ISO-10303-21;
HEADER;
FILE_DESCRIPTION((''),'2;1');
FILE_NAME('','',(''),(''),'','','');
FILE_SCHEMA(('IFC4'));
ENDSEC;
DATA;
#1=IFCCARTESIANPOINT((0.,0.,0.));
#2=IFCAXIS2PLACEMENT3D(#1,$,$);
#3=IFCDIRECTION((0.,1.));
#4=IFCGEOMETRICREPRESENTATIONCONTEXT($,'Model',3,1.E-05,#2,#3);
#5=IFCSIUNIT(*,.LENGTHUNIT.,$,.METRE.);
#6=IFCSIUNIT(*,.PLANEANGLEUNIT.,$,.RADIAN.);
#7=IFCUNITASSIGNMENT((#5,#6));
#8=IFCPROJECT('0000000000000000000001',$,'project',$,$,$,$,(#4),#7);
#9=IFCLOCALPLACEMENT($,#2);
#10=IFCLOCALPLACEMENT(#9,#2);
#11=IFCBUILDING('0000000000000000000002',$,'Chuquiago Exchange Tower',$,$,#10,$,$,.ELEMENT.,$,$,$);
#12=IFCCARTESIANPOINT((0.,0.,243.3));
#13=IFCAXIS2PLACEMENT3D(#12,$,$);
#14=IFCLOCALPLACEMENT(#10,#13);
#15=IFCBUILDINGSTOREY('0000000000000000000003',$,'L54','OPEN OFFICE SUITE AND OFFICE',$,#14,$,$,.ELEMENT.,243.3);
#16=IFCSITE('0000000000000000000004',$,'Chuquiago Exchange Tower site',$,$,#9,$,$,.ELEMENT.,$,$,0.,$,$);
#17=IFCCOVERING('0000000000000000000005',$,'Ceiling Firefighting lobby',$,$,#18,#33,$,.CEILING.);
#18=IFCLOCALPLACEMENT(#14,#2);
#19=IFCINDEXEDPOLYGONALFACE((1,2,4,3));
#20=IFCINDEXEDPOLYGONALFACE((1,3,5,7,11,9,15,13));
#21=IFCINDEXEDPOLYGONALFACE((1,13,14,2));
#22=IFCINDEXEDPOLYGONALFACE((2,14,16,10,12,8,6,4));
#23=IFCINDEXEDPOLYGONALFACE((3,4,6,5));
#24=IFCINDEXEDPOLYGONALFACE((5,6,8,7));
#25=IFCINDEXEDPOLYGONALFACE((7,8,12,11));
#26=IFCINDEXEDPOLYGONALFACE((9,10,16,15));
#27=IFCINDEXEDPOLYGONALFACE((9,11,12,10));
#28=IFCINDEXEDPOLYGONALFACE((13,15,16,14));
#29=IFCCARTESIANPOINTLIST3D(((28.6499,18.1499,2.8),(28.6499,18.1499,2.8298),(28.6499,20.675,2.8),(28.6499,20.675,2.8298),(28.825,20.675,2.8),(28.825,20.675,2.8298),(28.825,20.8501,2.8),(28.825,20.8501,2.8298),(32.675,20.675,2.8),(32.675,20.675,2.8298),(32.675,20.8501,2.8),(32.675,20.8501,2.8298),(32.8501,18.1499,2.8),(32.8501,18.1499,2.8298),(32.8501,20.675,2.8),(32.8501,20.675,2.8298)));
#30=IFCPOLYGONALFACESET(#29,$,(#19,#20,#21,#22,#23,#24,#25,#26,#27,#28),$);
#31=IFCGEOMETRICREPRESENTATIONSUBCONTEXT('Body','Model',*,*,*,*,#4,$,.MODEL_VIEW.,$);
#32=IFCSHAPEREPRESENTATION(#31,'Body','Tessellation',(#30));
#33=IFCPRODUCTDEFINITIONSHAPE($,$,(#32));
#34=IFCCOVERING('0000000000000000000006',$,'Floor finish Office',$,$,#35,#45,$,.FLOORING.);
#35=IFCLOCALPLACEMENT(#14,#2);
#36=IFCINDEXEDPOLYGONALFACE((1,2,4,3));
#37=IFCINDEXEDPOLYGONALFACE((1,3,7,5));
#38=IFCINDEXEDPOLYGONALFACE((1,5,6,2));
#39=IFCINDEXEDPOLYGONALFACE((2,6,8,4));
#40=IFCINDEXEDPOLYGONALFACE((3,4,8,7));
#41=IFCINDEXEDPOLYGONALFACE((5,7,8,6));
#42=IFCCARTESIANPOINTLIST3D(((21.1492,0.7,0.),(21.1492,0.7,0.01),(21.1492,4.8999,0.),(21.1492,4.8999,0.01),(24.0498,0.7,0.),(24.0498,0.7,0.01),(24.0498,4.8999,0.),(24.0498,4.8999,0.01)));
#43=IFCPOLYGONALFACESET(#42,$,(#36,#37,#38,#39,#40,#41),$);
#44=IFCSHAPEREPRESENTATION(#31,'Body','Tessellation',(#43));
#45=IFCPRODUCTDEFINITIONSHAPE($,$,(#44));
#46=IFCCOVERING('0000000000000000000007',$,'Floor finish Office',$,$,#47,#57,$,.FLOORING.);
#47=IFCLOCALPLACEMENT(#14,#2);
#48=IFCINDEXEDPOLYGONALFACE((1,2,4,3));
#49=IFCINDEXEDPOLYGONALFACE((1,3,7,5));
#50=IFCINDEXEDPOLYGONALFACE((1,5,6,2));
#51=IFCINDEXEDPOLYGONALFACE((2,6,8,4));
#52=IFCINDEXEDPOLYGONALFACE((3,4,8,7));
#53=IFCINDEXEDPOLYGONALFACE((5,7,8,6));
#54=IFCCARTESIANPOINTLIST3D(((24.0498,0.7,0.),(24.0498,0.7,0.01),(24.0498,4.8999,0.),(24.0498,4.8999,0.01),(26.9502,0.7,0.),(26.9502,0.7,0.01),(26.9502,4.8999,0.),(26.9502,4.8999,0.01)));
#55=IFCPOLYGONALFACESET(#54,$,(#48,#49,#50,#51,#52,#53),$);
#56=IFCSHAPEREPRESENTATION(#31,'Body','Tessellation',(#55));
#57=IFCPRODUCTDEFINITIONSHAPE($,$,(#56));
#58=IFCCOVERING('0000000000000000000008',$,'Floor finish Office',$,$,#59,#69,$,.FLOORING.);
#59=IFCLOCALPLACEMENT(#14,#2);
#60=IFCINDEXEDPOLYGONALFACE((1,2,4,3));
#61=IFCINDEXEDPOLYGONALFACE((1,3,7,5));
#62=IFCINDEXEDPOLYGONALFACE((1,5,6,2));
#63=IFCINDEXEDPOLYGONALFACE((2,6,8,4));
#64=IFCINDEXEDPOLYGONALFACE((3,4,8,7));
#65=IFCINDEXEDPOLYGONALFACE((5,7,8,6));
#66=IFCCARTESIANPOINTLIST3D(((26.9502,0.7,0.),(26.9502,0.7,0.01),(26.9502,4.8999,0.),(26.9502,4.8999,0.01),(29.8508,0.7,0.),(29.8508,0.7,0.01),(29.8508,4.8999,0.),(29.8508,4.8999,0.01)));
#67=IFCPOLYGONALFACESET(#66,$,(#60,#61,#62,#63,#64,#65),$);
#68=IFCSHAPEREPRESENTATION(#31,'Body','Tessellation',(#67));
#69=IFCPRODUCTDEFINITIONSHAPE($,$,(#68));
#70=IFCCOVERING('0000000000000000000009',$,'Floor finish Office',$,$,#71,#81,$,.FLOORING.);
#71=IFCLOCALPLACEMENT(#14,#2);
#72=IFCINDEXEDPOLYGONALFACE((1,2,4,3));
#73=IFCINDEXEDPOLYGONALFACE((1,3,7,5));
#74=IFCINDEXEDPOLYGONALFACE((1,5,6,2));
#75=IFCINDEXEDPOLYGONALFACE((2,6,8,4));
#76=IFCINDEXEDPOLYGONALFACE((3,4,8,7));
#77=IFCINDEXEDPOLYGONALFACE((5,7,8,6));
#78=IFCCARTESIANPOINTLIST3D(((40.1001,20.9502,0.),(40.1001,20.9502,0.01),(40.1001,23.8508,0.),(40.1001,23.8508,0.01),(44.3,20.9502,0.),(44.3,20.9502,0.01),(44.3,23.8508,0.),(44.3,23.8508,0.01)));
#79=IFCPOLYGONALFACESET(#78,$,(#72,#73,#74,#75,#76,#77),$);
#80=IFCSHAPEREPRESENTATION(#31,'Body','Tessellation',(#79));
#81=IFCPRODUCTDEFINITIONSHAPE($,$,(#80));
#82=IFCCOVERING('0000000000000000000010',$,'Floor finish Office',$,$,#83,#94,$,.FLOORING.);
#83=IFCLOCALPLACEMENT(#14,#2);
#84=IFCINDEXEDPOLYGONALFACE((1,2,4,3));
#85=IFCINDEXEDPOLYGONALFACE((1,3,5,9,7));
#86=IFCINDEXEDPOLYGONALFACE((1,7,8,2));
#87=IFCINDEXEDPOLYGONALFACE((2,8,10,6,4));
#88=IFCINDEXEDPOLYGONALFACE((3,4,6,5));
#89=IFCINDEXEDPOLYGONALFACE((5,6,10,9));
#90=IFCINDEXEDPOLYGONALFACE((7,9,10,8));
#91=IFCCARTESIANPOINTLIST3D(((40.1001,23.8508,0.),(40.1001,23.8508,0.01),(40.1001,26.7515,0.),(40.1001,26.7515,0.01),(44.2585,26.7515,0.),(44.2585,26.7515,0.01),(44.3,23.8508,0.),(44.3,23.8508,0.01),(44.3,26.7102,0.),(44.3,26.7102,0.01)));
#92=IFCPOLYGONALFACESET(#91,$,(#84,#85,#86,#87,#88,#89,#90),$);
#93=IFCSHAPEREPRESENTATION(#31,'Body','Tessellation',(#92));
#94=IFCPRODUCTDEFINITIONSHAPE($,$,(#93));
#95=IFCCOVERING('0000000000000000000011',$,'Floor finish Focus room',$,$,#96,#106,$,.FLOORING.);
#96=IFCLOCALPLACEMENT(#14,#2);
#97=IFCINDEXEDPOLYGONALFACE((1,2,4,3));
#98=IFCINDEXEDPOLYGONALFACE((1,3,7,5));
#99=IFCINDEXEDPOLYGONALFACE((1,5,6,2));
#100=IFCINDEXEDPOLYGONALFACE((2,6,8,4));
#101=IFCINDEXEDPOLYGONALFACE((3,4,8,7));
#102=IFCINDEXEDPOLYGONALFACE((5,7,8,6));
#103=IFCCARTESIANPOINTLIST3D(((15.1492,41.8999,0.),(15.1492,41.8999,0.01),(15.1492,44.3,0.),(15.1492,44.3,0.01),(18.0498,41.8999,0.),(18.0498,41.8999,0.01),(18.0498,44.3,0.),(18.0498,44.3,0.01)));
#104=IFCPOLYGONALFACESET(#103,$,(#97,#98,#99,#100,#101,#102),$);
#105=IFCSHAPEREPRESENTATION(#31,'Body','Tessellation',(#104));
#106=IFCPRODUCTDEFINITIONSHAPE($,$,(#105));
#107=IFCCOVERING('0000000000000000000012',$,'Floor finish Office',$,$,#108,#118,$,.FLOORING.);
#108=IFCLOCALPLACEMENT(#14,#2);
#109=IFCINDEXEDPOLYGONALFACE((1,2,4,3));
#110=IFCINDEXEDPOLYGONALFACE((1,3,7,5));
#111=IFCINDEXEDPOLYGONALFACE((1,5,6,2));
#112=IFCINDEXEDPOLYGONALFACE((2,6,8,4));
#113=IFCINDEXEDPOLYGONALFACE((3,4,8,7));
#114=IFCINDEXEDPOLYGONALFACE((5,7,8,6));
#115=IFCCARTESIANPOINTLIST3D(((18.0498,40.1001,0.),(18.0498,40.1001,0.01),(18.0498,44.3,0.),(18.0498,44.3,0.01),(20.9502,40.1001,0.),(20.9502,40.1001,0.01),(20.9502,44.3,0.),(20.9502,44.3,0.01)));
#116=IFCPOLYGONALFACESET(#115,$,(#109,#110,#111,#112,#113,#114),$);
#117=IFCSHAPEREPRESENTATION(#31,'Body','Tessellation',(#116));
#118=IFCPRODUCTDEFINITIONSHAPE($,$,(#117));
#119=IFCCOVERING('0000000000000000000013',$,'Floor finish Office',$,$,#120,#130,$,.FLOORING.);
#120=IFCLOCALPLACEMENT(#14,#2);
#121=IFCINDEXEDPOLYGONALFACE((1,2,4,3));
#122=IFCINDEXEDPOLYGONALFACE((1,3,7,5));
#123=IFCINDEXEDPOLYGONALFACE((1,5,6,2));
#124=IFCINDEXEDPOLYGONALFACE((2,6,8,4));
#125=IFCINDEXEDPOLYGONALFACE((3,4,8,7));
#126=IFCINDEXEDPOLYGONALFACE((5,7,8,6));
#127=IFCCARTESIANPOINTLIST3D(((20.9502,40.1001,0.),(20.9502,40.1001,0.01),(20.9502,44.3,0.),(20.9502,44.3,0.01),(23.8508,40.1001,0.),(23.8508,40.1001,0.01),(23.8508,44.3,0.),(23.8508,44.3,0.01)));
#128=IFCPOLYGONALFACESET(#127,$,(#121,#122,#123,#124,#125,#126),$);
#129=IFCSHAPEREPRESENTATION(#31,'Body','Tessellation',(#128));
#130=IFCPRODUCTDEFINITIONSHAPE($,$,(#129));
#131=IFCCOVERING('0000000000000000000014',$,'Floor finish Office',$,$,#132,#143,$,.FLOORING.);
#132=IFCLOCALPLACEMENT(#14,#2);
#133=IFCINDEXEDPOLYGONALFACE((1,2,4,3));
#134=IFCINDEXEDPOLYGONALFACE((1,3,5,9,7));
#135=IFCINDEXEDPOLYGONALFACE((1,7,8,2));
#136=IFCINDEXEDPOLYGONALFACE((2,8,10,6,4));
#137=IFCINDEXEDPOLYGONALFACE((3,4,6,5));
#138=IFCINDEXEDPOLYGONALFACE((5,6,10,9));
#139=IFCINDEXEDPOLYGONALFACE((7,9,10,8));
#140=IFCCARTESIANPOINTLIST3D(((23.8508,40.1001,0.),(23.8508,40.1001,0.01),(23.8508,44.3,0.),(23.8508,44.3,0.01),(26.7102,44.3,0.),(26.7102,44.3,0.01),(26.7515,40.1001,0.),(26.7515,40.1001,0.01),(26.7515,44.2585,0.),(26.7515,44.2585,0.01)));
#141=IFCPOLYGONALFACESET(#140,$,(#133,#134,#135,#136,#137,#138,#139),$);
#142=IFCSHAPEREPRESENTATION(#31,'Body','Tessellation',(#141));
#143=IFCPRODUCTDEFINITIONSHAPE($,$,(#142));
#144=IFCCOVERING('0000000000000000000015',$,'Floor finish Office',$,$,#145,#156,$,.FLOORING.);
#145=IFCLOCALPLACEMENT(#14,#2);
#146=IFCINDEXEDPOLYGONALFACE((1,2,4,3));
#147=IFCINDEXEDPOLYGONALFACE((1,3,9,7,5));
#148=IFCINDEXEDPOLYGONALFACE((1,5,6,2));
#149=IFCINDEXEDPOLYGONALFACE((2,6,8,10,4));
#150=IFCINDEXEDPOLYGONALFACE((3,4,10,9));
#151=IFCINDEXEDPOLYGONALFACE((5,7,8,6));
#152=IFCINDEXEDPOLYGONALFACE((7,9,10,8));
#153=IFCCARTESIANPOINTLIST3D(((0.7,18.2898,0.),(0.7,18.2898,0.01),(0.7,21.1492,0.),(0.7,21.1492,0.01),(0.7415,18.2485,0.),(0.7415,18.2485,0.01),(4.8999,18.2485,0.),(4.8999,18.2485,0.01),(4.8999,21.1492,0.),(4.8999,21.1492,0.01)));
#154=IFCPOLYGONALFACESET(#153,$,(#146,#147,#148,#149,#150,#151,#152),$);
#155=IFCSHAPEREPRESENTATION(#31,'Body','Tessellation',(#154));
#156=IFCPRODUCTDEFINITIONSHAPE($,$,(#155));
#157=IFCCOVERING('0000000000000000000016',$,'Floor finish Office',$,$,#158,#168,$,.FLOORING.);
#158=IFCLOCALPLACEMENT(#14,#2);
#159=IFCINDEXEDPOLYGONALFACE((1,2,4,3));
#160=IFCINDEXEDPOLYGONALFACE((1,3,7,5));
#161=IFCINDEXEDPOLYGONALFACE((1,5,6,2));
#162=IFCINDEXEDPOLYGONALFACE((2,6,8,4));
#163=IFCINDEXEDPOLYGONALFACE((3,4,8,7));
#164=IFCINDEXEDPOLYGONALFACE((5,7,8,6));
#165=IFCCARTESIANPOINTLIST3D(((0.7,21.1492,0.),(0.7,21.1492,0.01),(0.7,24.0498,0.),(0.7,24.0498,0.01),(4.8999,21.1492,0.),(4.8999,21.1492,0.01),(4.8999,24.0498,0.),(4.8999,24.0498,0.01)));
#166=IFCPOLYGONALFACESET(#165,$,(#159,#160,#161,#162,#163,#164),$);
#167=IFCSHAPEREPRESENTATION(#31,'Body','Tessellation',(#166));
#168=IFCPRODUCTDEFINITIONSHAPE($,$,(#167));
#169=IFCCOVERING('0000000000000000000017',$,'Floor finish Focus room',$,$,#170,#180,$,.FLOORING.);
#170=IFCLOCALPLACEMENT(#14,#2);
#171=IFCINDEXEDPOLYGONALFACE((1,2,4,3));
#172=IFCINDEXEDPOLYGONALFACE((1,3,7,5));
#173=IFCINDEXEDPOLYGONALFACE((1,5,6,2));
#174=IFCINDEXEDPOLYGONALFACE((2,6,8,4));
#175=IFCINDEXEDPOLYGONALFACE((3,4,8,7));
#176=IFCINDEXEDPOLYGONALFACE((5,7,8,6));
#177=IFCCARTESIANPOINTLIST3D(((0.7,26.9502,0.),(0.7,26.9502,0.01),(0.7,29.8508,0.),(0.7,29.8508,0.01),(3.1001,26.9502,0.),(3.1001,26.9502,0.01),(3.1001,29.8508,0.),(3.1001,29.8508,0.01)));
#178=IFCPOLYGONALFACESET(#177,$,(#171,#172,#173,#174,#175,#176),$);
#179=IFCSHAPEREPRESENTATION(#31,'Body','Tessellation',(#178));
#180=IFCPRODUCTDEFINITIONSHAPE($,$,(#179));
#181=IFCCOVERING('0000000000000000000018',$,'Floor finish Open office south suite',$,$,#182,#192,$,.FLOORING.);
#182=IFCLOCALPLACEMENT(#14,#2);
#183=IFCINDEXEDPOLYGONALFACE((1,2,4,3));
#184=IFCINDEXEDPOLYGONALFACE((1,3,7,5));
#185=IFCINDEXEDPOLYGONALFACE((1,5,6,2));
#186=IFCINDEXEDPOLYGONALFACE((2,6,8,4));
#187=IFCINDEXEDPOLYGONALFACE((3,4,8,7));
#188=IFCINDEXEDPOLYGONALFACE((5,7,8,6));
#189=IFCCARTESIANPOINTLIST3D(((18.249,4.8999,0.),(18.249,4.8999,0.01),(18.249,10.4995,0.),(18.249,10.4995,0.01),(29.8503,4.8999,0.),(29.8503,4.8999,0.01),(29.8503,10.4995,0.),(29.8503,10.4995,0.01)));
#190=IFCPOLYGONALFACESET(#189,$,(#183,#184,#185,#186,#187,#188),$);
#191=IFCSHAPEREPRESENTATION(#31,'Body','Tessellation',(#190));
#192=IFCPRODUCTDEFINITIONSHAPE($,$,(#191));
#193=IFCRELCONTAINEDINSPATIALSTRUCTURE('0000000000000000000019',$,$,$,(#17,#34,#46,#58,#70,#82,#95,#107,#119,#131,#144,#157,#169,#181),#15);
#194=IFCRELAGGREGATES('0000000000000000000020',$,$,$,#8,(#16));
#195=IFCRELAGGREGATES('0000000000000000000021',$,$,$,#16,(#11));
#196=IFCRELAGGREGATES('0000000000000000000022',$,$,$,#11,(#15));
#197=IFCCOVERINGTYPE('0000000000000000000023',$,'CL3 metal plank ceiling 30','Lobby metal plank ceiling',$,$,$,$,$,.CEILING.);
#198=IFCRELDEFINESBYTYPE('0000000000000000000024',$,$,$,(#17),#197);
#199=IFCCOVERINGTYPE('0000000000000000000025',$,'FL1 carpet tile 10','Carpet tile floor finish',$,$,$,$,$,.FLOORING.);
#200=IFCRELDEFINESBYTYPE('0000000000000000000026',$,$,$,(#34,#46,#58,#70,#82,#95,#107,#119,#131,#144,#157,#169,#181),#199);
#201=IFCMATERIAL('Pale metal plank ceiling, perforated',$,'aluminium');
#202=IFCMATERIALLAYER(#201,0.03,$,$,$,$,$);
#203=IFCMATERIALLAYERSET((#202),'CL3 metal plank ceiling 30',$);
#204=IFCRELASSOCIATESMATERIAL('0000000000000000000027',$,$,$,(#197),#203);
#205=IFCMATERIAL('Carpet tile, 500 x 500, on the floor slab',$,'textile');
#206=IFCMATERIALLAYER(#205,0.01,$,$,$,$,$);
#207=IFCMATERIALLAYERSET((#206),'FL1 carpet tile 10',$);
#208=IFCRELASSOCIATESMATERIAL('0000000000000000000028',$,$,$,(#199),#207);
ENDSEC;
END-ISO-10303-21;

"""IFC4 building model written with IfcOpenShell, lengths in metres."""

from ifc_helpers import new_model, si_unit, direction, frame, origin, place, context, subcontext, project, spatial, polyline, outline, extrude, material, layer, layer_set, type_object, element, save


model = new_model("IFC4")

# Units and contexts
model_context = context("Model", 3, precision=1e-05, world=origin(), true_north=direction((0.0, 1.0)))
body_context = subcontext(model_context, "Body", "Model", "MODEL_VIEW")
ifc_project = project(units=[si_unit("LENGTHUNIT", "METRE"), si_unit("PLANEANGLEUNIT", "RADIAN")], contexts=[model_context])

# Site, building, storey
site_placement = place(None, origin())
site = spatial("IfcSite", under=ifc_project, at=site_placement, Name="Chuquiago Exchange Tower site", CompositionType="ELEMENT", RefElevation=0.0)
building_placement = place(site_placement, origin())
building = spatial("IfcBuilding", under=site, at=building_placement, Name="Chuquiago Exchange Tower", CompositionType="ELEMENT")
storey_placement = place(building_placement, frame((0.0, 0.0, 243.3)))
storey = spatial("IfcBuildingStorey", under=building, at=storey_placement, Name="L54", Description="OPEN OFFICE SUITE AND OFFICE", CompositionType="ELEMENT", Elevation=243.3)

# Coverings
ifc_material_1 = material(Name="Pale metal plank ceiling, perforated", Category="aluminium")
ifc_layer_1 = layer(ifc_material_1, 0.03)
ifc_layer_set_1 = layer_set([ifc_layer_1], Name="CL3 metal plank ceiling 30")
covering_type_1 = type_object("IfcCoveringType", Name="CL3 metal plank ceiling 30", Description="Lobby metal plank ceiling", PredefinedType="CEILING", material=ifc_layer_set_1)
covering_1_placement = place(storey_placement, frame((0.0, 0.0, 2.8)))
element("IfcCovering", 1, at=covering_1_placement, inside=storey, type_object=covering_type_1, Name="Ceiling Firefighting lobby", PredefinedType="CEILING", context=body_context, shape_type="SweptSolid", body=[
    extrude(outline(polyline([(28.6499, 18.1499), (28.6499, 20.675), (28.825, 20.675), (28.825, 20.8501), (32.675, 20.8501), (32.675, 20.675), (32.8501, 20.675), (32.8501, 18.1499), (28.6499, 18.1499)])), origin(), (0.0, 0.0, 1.0), 0.0298),
])
ifc_material_2 = material(Name="Carpet tile, 500 x 500, on the floor slab", Category="textile")
ifc_layer_2 = layer(ifc_material_2, 0.01)
ifc_layer_set_2 = layer_set([ifc_layer_2], Name="FL1 carpet tile 10")
covering_type_2 = type_object("IfcCoveringType", Name="FL1 carpet tile 10", Description="Carpet tile floor finish", PredefinedType="FLOORING", material=ifc_layer_set_2)
covering_2_placement = place(storey_placement, origin())
element("IfcCovering", 2, at=covering_2_placement, inside=storey, type_object=covering_type_2, Name="Floor finish Office", PredefinedType="FLOORING", context=body_context, shape_type="SweptSolid", body=[
    extrude(outline(polyline([(21.1492, 0.7), (21.1492, 4.8999), (24.0498, 4.8999), (24.0498, 0.7), (21.1492, 0.7)])), origin(), (0.0, 0.0, 1.0), 0.01),
])
covering_3_placement = place(storey_placement, origin())
element("IfcCovering", 3, at=covering_3_placement, inside=storey, type_object=covering_type_2, Name="Floor finish Office", PredefinedType="FLOORING", context=body_context, shape_type="SweptSolid", body=[
    extrude(outline(polyline([(24.0498, 0.7), (24.0498, 4.8999), (26.9502, 4.8999), (26.9502, 0.7), (24.0498, 0.7)])), origin(), (0.0, 0.0, 1.0), 0.01),
])
covering_4_placement = place(storey_placement, origin())
element("IfcCovering", 4, at=covering_4_placement, inside=storey, type_object=covering_type_2, Name="Floor finish Office", PredefinedType="FLOORING", context=body_context, shape_type="SweptSolid", body=[
    extrude(outline(polyline([(26.9502, 0.7), (26.9502, 4.8999), (29.8508, 4.8999), (29.8508, 0.7), (26.9502, 0.7)])), origin(), (0.0, 0.0, 1.0), 0.01),
])
covering_5_placement = place(storey_placement, origin())
element("IfcCovering", 5, at=covering_5_placement, inside=storey, type_object=covering_type_2, Name="Floor finish Office", PredefinedType="FLOORING", context=body_context, shape_type="SweptSolid", body=[
    extrude(outline(polyline([(44.3, 20.9502), (40.1001, 20.9502), (40.1001, 23.8508), (44.3, 23.8508), (44.3, 20.9502)])), origin(), (0.0, 0.0, 1.0), 0.01),
])
covering_6_placement = place(storey_placement, origin())
element("IfcCovering", 6, at=covering_6_placement, inside=storey, type_object=covering_type_2, Name="Floor finish Office", PredefinedType="FLOORING", context=body_context, shape_type="SweptSolid", body=[
    extrude(outline(polyline([(44.3, 26.7102), (44.3, 23.8508), (40.1001, 23.8508), (40.1001, 26.7515), (44.2585, 26.7515), (44.3, 26.7102)])), origin(), (0.0, 0.0, 1.0), 0.01),
])
covering_7_placement = place(storey_placement, origin())
element("IfcCovering", 7, at=covering_7_placement, inside=storey, type_object=covering_type_2, Name="Floor finish Focus room", PredefinedType="FLOORING", context=body_context, shape_type="SweptSolid", body=[
    extrude(outline(polyline([(18.0498, 44.3), (18.0498, 41.8999), (15.1492, 41.8999), (15.1492, 44.3), (18.0498, 44.3)])), origin(), (0.0, 0.0, 1.0), 0.01),
])
covering_8_placement = place(storey_placement, origin())
element("IfcCovering", 8, at=covering_8_placement, inside=storey, type_object=covering_type_2, Name="Floor finish Office", PredefinedType="FLOORING", context=body_context, shape_type="SweptSolid", body=[
    extrude(outline(polyline([(20.9502, 44.3), (20.9502, 40.1001), (18.0498, 40.1001), (18.0498, 44.3), (20.9502, 44.3)])), origin(), (0.0, 0.0, 1.0), 0.01),
])
covering_9_placement = place(storey_placement, origin())
element("IfcCovering", 9, at=covering_9_placement, inside=storey, type_object=covering_type_2, Name="Floor finish Office", PredefinedType="FLOORING", context=body_context, shape_type="SweptSolid", body=[
    extrude(outline(polyline([(23.8508, 44.3), (23.8508, 40.1001), (20.9502, 40.1001), (20.9502, 44.3), (23.8508, 44.3)])), origin(), (0.0, 0.0, 1.0), 0.01),
])
covering_10_placement = place(storey_placement, origin())
element("IfcCovering", 10, at=covering_10_placement, inside=storey, type_object=covering_type_2, Name="Floor finish Office", PredefinedType="FLOORING", context=body_context, shape_type="SweptSolid", body=[
    extrude(outline(polyline([(26.7102, 44.3), (26.7515, 44.2585), (26.7515, 40.1001), (23.8508, 40.1001), (23.8508, 44.3), (26.7102, 44.3)])), origin(), (0.0, 0.0, 1.0), 0.01),
])
covering_11_placement = place(storey_placement, origin())
element("IfcCovering", 11, at=covering_11_placement, inside=storey, type_object=covering_type_2, Name="Floor finish Office", PredefinedType="FLOORING", context=body_context, shape_type="SweptSolid", body=[
    extrude(outline(polyline([(0.7, 21.1492), (4.8999, 21.1492), (4.8999, 18.2485), (0.7415, 18.2485), (0.7, 18.2898), (0.7, 21.1492)])), origin(), (0.0, 0.0, 1.0), 0.01),
])
covering_12_placement = place(storey_placement, origin())
element("IfcCovering", 12, at=covering_12_placement, inside=storey, type_object=covering_type_2, Name="Floor finish Office", PredefinedType="FLOORING", context=body_context, shape_type="SweptSolid", body=[
    extrude(outline(polyline([(0.7, 24.0498), (4.8999, 24.0498), (4.8999, 21.1492), (0.7, 21.1492), (0.7, 24.0498)])), origin(), (0.0, 0.0, 1.0), 0.01),
])
covering_13_placement = place(storey_placement, origin())
element("IfcCovering", 13, at=covering_13_placement, inside=storey, type_object=covering_type_2, Name="Floor finish Focus room", PredefinedType="FLOORING", context=body_context, shape_type="SweptSolid", body=[
    extrude(outline(polyline([(0.7, 29.8508), (3.1001, 29.8508), (3.1001, 26.9502), (0.7, 26.9502), (0.7, 29.8508)])), origin(), (0.0, 0.0, 1.0), 0.01),
])
covering_14_placement = place(storey_placement, origin())
element("IfcCovering", 14, at=covering_14_placement, inside=storey, type_object=covering_type_2, Name="Floor finish Open office south suite", PredefinedType="FLOORING", context=body_context, shape_type="SweptSolid", body=[
    extrude(outline(polyline([(29.8503, 4.8999), (18.249, 4.8999), (18.249, 10.4995), (29.8503, 10.4995), (29.8503, 4.8999)])), origin(), (0.0, 0.0, 1.0), 0.01),
])

save(model, "model.ifc")
